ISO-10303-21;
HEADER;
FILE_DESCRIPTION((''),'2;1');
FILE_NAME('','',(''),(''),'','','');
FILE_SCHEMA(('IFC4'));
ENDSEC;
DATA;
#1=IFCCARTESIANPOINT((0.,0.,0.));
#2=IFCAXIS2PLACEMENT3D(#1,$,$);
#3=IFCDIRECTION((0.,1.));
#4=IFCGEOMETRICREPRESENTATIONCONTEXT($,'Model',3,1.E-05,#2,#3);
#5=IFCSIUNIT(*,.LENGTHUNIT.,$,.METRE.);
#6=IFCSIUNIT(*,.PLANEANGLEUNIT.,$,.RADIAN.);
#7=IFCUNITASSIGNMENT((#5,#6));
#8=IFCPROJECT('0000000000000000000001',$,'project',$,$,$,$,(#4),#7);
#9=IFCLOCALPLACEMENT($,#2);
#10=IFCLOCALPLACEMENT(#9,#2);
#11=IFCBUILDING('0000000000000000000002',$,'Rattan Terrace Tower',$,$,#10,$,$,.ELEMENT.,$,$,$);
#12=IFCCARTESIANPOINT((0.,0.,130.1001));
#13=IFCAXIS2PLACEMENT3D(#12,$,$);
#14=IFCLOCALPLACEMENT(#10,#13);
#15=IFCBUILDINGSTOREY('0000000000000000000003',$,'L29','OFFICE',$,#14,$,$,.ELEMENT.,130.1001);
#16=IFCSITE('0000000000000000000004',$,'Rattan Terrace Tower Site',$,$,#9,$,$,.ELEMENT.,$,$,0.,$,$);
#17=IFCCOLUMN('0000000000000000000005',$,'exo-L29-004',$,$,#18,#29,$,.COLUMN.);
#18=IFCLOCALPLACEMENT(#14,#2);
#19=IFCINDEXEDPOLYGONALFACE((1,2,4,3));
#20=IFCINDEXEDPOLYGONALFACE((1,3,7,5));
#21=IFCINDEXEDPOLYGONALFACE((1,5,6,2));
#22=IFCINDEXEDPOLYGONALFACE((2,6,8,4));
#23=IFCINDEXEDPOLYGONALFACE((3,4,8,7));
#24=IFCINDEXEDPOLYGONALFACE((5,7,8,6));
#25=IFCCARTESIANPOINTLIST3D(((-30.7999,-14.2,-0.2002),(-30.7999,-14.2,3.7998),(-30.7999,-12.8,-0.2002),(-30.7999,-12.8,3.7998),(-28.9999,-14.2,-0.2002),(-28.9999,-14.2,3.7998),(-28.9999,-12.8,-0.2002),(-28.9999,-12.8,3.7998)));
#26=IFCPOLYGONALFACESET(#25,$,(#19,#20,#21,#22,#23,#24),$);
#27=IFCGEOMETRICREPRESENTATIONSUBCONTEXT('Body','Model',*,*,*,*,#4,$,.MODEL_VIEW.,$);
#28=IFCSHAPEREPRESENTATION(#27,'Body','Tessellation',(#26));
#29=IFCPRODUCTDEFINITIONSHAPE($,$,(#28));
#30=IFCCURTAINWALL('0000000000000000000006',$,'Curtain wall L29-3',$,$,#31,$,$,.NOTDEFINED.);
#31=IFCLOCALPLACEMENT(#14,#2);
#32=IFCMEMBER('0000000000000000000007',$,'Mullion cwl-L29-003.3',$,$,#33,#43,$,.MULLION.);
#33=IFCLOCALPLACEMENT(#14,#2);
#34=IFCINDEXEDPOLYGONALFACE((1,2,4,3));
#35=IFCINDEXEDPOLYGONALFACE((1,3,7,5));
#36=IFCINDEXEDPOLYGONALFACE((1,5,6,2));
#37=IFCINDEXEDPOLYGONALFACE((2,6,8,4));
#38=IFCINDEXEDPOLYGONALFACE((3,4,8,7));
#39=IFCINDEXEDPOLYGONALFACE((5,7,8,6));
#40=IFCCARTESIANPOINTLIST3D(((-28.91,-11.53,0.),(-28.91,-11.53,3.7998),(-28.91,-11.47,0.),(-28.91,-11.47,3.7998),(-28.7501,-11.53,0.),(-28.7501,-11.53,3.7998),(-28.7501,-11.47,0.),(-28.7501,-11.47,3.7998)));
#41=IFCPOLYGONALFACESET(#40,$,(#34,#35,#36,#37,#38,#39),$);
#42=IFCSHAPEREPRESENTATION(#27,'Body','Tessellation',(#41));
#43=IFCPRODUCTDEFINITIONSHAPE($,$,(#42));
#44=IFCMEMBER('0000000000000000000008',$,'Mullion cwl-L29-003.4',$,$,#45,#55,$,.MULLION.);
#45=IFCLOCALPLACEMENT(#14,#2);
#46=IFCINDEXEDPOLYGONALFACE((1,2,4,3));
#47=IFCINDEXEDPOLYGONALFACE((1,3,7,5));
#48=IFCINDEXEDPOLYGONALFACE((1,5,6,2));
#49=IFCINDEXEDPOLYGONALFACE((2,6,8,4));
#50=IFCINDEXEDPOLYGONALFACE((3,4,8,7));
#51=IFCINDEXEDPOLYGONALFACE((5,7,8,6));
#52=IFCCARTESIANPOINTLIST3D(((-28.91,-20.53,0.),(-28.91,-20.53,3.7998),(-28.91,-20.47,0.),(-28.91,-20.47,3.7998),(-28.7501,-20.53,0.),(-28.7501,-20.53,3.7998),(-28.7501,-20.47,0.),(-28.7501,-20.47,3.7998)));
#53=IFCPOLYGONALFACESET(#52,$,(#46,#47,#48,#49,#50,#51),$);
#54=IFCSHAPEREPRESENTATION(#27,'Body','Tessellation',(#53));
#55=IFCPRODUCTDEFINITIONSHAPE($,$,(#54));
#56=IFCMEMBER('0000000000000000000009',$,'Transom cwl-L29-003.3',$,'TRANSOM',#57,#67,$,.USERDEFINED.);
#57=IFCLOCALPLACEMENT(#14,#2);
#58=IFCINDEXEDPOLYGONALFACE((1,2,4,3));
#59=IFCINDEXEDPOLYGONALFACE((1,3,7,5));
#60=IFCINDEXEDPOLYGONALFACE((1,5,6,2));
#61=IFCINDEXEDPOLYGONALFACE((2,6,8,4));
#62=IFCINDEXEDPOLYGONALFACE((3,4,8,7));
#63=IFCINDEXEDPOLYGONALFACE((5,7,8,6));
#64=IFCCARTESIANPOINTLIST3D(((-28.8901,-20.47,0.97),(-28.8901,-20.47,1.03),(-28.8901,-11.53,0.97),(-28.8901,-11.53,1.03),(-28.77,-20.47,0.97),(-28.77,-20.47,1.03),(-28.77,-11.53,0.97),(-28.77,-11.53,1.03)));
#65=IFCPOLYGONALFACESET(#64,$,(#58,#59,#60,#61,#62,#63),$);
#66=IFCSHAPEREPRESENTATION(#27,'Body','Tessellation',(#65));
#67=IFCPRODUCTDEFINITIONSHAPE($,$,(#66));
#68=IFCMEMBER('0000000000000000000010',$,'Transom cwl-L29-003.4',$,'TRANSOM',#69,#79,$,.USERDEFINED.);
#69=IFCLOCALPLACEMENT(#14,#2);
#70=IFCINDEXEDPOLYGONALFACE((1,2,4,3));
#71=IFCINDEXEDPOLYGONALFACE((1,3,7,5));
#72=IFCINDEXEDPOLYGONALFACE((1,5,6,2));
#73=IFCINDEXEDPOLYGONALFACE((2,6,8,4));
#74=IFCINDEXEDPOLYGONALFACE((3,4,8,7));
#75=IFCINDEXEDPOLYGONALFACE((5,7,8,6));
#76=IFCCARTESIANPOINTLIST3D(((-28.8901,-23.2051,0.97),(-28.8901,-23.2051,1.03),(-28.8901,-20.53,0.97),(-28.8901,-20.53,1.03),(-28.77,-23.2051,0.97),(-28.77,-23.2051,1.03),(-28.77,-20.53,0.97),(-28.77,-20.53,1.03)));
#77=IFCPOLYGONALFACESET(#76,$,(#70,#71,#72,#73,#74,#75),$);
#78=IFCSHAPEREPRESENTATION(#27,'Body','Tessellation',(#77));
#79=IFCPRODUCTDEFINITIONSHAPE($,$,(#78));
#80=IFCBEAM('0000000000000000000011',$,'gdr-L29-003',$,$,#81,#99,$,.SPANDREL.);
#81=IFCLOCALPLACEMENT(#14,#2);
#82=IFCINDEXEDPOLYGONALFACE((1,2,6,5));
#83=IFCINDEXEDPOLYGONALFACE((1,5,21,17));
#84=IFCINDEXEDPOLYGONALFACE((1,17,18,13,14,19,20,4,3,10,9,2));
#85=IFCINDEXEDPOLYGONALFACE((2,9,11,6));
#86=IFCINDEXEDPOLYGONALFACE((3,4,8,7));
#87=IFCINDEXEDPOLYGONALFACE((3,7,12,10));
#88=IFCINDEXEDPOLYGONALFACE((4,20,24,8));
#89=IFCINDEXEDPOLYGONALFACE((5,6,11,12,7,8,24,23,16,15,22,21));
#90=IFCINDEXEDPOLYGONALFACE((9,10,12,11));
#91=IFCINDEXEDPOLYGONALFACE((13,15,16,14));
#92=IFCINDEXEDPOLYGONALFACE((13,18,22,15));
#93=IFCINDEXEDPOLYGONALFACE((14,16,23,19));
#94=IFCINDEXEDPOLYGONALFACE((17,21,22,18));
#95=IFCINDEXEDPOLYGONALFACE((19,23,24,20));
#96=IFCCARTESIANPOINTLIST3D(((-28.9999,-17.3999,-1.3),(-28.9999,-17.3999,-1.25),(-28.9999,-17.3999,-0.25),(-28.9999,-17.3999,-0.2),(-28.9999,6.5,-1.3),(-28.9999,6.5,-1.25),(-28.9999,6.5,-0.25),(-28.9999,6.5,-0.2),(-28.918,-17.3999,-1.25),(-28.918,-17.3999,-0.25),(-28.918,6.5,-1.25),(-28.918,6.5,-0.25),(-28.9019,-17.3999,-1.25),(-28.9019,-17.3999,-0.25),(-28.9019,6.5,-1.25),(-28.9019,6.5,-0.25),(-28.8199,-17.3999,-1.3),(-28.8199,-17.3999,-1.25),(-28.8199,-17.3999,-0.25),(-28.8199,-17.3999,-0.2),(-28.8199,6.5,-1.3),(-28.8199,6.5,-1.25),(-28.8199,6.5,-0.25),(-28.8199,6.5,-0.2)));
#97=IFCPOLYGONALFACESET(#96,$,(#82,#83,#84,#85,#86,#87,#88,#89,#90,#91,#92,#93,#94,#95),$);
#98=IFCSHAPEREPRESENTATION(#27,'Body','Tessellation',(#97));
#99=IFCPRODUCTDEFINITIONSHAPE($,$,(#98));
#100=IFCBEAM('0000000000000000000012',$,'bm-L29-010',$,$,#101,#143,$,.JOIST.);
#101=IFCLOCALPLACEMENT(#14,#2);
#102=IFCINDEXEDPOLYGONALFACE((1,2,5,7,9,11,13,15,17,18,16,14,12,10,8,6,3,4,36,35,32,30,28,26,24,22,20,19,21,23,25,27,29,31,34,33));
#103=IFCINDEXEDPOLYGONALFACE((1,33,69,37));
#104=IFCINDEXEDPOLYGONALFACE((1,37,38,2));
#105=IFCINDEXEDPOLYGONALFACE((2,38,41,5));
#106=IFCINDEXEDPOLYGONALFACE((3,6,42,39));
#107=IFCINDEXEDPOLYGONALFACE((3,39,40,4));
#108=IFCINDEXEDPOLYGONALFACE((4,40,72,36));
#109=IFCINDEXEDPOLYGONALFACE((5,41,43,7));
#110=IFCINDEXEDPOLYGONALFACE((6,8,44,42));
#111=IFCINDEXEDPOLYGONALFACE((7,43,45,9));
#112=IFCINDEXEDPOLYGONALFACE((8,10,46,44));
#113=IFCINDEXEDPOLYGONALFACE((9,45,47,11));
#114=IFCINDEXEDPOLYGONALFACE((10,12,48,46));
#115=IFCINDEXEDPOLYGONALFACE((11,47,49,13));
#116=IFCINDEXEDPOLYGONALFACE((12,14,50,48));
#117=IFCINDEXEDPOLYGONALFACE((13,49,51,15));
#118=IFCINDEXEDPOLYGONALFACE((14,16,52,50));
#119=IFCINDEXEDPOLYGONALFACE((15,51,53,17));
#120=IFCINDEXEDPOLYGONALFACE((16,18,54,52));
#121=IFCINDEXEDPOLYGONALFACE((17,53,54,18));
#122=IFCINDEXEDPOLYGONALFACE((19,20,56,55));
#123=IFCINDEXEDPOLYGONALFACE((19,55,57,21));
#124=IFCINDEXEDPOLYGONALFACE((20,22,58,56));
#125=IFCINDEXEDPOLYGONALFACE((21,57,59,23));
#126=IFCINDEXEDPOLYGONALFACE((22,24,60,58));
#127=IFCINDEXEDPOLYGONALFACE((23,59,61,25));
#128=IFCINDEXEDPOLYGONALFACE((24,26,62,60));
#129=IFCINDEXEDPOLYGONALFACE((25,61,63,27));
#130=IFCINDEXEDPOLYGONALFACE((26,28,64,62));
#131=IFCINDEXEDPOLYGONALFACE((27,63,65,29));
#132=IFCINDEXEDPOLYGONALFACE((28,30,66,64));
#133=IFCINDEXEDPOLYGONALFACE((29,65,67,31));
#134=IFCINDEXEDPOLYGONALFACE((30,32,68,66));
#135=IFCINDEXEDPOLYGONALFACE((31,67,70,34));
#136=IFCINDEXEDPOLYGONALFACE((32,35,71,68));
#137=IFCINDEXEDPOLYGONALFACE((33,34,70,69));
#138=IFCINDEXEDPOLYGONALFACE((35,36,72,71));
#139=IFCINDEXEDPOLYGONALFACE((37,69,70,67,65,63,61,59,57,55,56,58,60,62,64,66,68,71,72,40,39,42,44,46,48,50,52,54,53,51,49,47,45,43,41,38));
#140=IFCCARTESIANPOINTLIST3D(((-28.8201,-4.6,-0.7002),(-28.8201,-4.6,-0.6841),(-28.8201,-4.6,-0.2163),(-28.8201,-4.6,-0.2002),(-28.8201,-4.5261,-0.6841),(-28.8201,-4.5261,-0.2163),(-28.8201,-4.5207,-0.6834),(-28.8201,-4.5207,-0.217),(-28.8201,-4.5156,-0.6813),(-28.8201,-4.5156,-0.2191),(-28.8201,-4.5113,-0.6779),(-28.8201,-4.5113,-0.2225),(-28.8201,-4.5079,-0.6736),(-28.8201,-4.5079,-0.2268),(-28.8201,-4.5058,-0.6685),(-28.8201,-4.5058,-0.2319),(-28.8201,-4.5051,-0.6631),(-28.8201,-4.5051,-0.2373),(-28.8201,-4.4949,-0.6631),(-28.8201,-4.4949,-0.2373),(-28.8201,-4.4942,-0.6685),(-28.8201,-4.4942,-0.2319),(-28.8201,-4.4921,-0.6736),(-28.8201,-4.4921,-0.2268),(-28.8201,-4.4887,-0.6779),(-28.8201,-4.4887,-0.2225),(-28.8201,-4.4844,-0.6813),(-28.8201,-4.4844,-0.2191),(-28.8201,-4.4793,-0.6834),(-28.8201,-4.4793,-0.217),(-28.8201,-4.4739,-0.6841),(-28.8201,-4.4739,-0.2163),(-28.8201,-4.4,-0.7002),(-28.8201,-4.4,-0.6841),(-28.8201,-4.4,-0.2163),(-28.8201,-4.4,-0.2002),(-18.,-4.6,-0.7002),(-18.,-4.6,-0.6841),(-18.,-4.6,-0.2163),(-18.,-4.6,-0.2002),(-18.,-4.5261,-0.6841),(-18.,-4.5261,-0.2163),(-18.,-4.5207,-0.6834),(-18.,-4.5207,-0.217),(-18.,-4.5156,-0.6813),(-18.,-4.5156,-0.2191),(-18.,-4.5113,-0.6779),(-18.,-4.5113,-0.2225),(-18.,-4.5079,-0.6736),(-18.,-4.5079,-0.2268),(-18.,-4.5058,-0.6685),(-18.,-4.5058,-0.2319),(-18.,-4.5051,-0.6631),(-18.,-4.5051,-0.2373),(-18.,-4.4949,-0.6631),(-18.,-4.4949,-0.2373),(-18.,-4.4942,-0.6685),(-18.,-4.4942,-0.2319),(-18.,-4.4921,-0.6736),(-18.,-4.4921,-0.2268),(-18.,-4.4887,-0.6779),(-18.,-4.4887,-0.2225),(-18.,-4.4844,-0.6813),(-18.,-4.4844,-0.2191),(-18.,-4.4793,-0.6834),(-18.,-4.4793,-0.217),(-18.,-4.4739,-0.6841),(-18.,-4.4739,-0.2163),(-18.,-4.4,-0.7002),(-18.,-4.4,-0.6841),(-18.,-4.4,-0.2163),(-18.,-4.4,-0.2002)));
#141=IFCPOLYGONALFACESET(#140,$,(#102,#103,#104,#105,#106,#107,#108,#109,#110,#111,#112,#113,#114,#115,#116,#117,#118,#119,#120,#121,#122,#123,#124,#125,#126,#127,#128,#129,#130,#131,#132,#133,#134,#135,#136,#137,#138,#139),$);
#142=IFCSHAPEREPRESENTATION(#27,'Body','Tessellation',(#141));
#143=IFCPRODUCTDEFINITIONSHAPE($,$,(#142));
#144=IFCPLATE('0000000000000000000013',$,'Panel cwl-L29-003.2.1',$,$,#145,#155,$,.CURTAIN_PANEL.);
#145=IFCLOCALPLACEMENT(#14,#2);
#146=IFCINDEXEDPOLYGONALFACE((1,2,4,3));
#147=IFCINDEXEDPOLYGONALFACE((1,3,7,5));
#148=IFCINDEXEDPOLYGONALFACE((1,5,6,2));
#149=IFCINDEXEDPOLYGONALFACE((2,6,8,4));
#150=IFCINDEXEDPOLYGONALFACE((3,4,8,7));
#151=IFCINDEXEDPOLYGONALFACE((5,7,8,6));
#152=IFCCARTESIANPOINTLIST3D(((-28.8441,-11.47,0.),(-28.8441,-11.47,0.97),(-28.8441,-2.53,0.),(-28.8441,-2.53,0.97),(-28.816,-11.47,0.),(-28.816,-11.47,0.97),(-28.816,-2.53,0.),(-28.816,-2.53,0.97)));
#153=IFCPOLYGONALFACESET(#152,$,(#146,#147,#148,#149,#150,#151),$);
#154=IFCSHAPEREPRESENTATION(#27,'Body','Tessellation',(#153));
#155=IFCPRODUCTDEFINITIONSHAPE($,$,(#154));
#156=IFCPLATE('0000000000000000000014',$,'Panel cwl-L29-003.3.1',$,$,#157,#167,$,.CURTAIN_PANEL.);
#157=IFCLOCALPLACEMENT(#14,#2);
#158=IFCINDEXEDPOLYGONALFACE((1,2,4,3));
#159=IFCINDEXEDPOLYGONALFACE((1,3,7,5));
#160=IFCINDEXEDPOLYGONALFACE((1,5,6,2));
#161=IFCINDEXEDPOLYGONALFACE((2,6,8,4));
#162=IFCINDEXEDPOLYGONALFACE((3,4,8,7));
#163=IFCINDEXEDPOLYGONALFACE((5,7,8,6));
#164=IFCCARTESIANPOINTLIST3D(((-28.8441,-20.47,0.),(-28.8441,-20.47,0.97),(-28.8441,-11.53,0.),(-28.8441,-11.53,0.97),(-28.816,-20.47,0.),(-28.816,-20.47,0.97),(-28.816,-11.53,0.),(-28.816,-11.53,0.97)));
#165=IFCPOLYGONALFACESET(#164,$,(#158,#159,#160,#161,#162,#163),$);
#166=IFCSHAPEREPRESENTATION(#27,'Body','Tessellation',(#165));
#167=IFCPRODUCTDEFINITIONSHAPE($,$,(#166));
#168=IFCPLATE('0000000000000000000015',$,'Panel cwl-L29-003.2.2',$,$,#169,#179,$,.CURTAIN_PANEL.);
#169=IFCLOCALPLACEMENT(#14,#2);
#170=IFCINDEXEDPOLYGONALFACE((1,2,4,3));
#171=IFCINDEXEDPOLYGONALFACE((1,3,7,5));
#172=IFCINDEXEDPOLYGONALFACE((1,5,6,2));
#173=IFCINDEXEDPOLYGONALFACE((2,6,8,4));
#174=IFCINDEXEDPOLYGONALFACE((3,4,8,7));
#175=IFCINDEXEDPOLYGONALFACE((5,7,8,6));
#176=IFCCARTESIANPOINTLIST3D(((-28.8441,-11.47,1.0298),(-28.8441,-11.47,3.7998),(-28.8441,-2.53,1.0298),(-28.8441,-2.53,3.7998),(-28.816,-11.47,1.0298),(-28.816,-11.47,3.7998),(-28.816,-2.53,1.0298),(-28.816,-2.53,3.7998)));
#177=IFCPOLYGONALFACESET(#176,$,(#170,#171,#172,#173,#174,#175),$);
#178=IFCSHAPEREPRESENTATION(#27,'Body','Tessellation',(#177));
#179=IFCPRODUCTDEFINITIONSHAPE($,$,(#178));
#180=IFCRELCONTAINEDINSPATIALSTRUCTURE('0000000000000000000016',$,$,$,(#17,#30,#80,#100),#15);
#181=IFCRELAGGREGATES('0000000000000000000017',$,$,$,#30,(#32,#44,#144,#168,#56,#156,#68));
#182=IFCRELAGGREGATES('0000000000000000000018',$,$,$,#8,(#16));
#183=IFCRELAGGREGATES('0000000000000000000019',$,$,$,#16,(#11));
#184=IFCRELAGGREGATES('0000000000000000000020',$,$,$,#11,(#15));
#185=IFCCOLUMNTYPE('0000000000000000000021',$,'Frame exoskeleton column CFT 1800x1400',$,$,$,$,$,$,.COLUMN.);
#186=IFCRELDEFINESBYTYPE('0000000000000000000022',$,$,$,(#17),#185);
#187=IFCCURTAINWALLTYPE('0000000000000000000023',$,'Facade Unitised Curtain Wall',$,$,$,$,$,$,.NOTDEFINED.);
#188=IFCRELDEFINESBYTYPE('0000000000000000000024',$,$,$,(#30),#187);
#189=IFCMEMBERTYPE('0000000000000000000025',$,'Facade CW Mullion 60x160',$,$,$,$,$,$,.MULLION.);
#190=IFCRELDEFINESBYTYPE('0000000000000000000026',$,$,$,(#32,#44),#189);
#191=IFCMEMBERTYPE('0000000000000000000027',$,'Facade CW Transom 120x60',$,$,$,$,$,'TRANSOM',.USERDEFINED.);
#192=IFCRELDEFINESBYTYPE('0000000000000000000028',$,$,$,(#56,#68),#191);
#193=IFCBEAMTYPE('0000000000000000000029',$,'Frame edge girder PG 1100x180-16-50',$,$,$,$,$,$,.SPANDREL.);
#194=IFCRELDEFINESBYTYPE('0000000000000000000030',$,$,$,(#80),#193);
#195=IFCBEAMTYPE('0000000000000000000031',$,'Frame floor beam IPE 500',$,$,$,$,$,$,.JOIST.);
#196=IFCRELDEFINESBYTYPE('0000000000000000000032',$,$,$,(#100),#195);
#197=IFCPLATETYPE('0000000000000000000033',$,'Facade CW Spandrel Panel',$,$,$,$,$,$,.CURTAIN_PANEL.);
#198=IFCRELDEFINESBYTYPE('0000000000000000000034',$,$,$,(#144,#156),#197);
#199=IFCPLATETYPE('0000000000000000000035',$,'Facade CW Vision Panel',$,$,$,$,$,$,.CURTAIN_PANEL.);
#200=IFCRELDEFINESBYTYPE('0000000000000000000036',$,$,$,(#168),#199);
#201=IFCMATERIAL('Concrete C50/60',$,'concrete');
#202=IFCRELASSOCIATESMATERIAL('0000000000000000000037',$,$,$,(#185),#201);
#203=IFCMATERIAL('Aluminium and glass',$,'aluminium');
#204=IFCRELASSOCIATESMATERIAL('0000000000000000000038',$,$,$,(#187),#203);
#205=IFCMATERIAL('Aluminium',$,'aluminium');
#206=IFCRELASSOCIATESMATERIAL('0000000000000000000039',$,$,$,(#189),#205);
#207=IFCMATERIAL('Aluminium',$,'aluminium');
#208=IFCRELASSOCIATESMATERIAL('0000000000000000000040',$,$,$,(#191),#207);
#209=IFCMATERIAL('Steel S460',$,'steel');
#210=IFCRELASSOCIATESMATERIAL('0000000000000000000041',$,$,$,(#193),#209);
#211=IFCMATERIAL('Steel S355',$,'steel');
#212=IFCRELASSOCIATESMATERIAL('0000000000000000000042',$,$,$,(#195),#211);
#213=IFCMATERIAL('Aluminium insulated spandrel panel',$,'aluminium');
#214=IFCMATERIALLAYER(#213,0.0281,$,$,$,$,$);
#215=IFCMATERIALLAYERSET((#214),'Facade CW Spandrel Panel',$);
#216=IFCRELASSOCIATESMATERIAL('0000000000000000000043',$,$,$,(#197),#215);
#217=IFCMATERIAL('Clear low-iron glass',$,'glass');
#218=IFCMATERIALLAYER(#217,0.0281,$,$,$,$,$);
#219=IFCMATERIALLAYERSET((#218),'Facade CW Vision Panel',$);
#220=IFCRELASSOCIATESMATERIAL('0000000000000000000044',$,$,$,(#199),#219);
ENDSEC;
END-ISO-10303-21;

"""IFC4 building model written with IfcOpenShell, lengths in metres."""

from ifc_helpers import new_model, si_unit, direction, frame, origin, origin_2d, place, context, subcontext, project, spatial, rectangle, i_section, extrude, material, layer, layer_set, material_profile, profile_set, type_object, element, aggregate, save


model = new_model("IFC4")

# Units and contexts
model_context = context("Model", 3, precision=1e-05, world=origin(), true_north=direction((0.0, 1.0)))
body_context = subcontext(model_context, "Body", "Model", "MODEL_VIEW")
ifc_project = project(units=[si_unit("LENGTHUNIT", "METRE"), si_unit("PLANEANGLEUNIT", "RADIAN")], contexts=[model_context])

# Site, building, storey
site_placement = place(None, origin())
site = spatial("IfcSite", under=ifc_project, at=site_placement, Name="Rattan Terrace Tower Site", CompositionType="ELEMENT", RefElevation=0.0)
building_placement = place(site_placement, origin())
building = spatial("IfcBuilding", under=site, at=building_placement, Name="Rattan Terrace Tower", CompositionType="ELEMENT")
storey_placement = place(building_placement, frame((0.0, 0.0, 130.1001)))
storey = spatial("IfcBuildingStorey", under=building, at=storey_placement, Name="L29", Description="OFFICE", CompositionType="ELEMENT", Elevation=130.1001)

# Column
ifc_material_1 = material(Name="Concrete C50/60", Category="concrete")
ifc_material_profile_1 = material_profile(ifc_material_1, rectangle(XDim=1.3999, YDim=1.8, at=origin_2d()), Name="CFT 1800x1400")
ifc_profile_set_1 = profile_set([ifc_material_profile_1], Name="Concrete C50/60")
column_type = type_object("IfcColumnType", Name="Frame exoskeleton column CFT 1800x1400", PredefinedType="COLUMN", material=ifc_profile_set_1)
column_placement = place(storey_placement, frame((-29.8999, -13.5, -0.2002), z_axis=(0.0, 0.0, 1.0), x_axis=(0.0, 1.0, 0.0)))
element("IfcColumn", 1, at=column_placement, inside=storey, type_object=column_type, Name="exo-L29-004", PredefinedType="COLUMN", context=body_context, shape_type="SweptSolid", body=[
    extrude(rectangle(XDim=1.3999, YDim=1.8, at=origin_2d()), origin(), (0.0, 0.0, 1.0), 4.0),
])

# Curtain wall, members
ifc_material_2 = material(Name="Aluminium and glass", Category="aluminium")
curtain_wall_type = type_object("IfcCurtainWallType", Name="Facade Unitised Curtain Wall", PredefinedType="NOTDEFINED", material=ifc_material_2)
curtain_wall_placement = place(storey_placement, origin())
curtain_wall = element("IfcCurtainWall", 2, at=curtain_wall_placement, inside=storey, type_object=curtain_wall_type, Name="Curtain wall L29-3", PredefinedType="NOTDEFINED")
ifc_material_3 = material(Name="Aluminium", Category="aluminium")
ifc_material_profile_2 = material_profile(ifc_material_3, rectangle(XDim=0.0601, YDim=0.1599, at=origin_2d()), Name="Aluminium 60x160")
ifc_profile_set_2 = profile_set([ifc_material_profile_2], Name="Aluminium")
member_type_1 = type_object("IfcMemberType", Name="Facade CW Mullion 60x160", PredefinedType="MULLION", material=ifc_profile_set_2)
member_1_placement = place(storey_placement, frame((-28.8301, -11.5, 0.0), z_axis=(0.0, 0.0, 1.0), x_axis=(0.0, -1.0, 0.0)))
member_1 = element("IfcMember", 3, at=member_1_placement, type_object=member_type_1, Name="Mullion cwl-L29-003.3", PredefinedType="MULLION", context=body_context, shape_type="SweptSolid", body=[
    extrude(rectangle(XDim=0.0601, YDim=0.1599, at=origin_2d()), origin(), (0.0, 0.0, 1.0), 3.7998),
])
member_2_placement = place(storey_placement, frame((-28.8301, -20.5, 0.0), z_axis=(0.0, 0.0, 1.0), x_axis=(0.0, -1.0, 0.0)))
member_2 = element("IfcMember", 4, at=member_2_placement, type_object=member_type_1, Name="Mullion cwl-L29-003.4", PredefinedType="MULLION", context=body_context, shape_type="SweptSolid", body=[
    extrude(rectangle(XDim=0.0601, YDim=0.1599, at=origin_2d()), origin(), (0.0, 0.0, 1.0), 3.7998),
])
ifc_material_4 = material(Name="Aluminium", Category="aluminium")
ifc_material_profile_3 = material_profile(ifc_material_4, rectangle(XDim=0.1201, YDim=0.0601, at=origin_2d()), Name="Aluminium 120x60")
ifc_profile_set_3 = profile_set([ifc_material_profile_3], Name="Aluminium")
member_type_2 = type_object("IfcMemberType", Name="Facade CW Transom 120x60", ElementType="TRANSOM", PredefinedType="USERDEFINED", material=ifc_profile_set_3)
member_3_placement = place(storey_placement, frame((-28.8301, -11.53, 1.0), z_axis=(0.0, -1.0, 0.0), x_axis=(1.0, 0.0, 0.0)))
member_3 = element("IfcMember", 5, at=member_3_placement, type_object=member_type_2, Name="Transom cwl-L29-003.3", ObjectType="TRANSOM", PredefinedType="USERDEFINED", context=body_context, shape_type="SweptSolid", body=[
    extrude(rectangle(XDim=0.1201, YDim=0.0601, at=origin_2d()), origin(), (0.0, 0.0, 1.0), 8.9399),
])
member_4_placement = place(storey_placement, frame((-28.8301, -20.53, 1.0), z_axis=(0.0, -1.0, 0.0), x_axis=(1.0, 0.0, 0.0)))
member_4 = element("IfcMember", 6, at=member_4_placement, type_object=member_type_2, Name="Transom cwl-L29-003.4", ObjectType="TRANSOM", PredefinedType="USERDEFINED", context=body_context, shape_type="SweptSolid", body=[
    extrude(rectangle(XDim=0.1201, YDim=0.0601, at=origin_2d()), origin(), (0.0, 0.0, 1.0), 2.675),
])

# Beams
ifc_material_5 = material(Name="Steel S460", Category="steel")
ifc_material_profile_4 = material_profile(ifc_material_5, i_section(OverallWidth=0.1799, OverallDepth=1.1001, WebThickness=0.0161, FlangeThickness=0.05, at=origin_2d()), Name="PG 1100x180-16-50")
ifc_profile_set_4 = profile_set([ifc_material_profile_4], Name="Steel S460")
beam_type_1 = type_object("IfcBeamType", Name="Frame edge girder PG 1100x180-16-50", PredefinedType="SPANDREL", material=ifc_profile_set_4)
beam_1_placement = place(storey_placement, frame((-28.9099, -17.3999, -0.75), z_axis=(0.0, 1.0, 0.0), x_axis=(-1.0, 0.0, 0.0)))
element("IfcBeam", 7, at=beam_1_placement, inside=storey, type_object=beam_type_1, Name="gdr-L29-003", PredefinedType="SPANDREL", context=body_context, shape_type="SweptSolid", body=[
    extrude(i_section(OverallWidth=0.1799, OverallDepth=1.1001, WebThickness=0.0161, FlangeThickness=0.05, at=origin_2d()), origin(), (0.0, 0.0, 1.0), 23.8999),
])
ifc_material_6 = material(Name="Steel S355", Category="steel")
ifc_material_profile_5 = material_profile(ifc_material_6, i_section(OverallWidth=0.2, OverallDepth=0.5, WebThickness=0.0103, FlangeThickness=0.0161, FilletRadius=0.021, at=origin_2d()), Name="IPE 500")
ifc_profile_set_5 = profile_set([ifc_material_profile_5], Name="Steel S355")
beam_type_2 = type_object("IfcBeamType", Name="Frame floor beam IPE 500", PredefinedType="JOIST", material=ifc_profile_set_5)
beam_2_placement = place(storey_placement, frame((-28.8201, -4.5, -0.4502), z_axis=(1.0, 0.0, 0.0), x_axis=(0.0, 1.0, 0.0)))
element("IfcBeam", 8, at=beam_2_placement, inside=storey, type_object=beam_type_2, Name="bm-L29-010", PredefinedType="JOIST", context=body_context, shape_type="SweptSolid", body=[
    extrude(i_section(OverallWidth=0.2, OverallDepth=0.5, WebThickness=0.0103, FlangeThickness=0.0161, FilletRadius=0.021, at=origin_2d()), origin(), (0.0, 0.0, 1.0), 10.8201),
])

# Plates
ifc_material_7 = material(Name="Aluminium insulated spandrel panel", Category="aluminium")
ifc_layer_1 = layer(ifc_material_7, 0.0281)
ifc_layer_set_1 = layer_set([ifc_layer_1], Name="Facade CW Spandrel Panel")
plate_type_1 = type_object("IfcPlateType", Name="Facade CW Spandrel Panel", PredefinedType="CURTAIN_PANEL", material=ifc_layer_set_1)
plate_1_placement = place(storey_placement, frame((-28.8301, -7.0, 0.0), z_axis=(0.0, 0.0, 1.0), x_axis=(0.0, -1.0, 0.0)))
plate_1 = element("IfcPlate", 9, at=plate_1_placement, type_object=plate_type_1, Name="Panel cwl-L29-003.2.1", PredefinedType="CURTAIN_PANEL", context=body_context, shape_type="SweptSolid", body=[
    extrude(rectangle(XDim=8.9399, YDim=0.0281, at=origin_2d()), origin(), (0.0, 0.0, 1.0), 0.97),
])
plate_2_placement = place(storey_placement, frame((-28.8301, -16.0, 0.0), z_axis=(0.0, 0.0, 1.0), x_axis=(0.0, -1.0, 0.0)))
plate_2 = element("IfcPlate", 10, at=plate_2_placement, type_object=plate_type_1, Name="Panel cwl-L29-003.3.1", PredefinedType="CURTAIN_PANEL", context=body_context, shape_type="SweptSolid", body=[
    extrude(rectangle(XDim=8.9399, YDim=0.0281, at=origin_2d()), origin(), (0.0, 0.0, 1.0), 0.97),
])
ifc_material_8 = material(Name="Clear low-iron glass", Category="glass")
ifc_layer_2 = layer(ifc_material_8, 0.0281)
ifc_layer_set_2 = layer_set([ifc_layer_2], Name="Facade CW Vision Panel")
plate_type_2 = type_object("IfcPlateType", Name="Facade CW Vision Panel", PredefinedType="CURTAIN_PANEL", material=ifc_layer_set_2)
plate_3_placement = place(storey_placement, frame((-28.8301, -7.0, 1.0298), z_axis=(0.0, 0.0, 1.0), x_axis=(0.0, -1.0, 0.0)))
plate_3 = element("IfcPlate", 11, at=plate_3_placement, type_object=plate_type_2, Name="Panel cwl-L29-003.2.2", PredefinedType="CURTAIN_PANEL", context=body_context, shape_type="SweptSolid", body=[
    extrude(rectangle(XDim=8.9399, YDim=0.0281, at=origin_2d()), origin(), (0.0, 0.0, 1.0), 2.77),
])
aggregate(curtain_wall, [member_1, member_2, plate_1, plate_3, member_3, plate_2, member_4])

save(model, "model.ifc")
